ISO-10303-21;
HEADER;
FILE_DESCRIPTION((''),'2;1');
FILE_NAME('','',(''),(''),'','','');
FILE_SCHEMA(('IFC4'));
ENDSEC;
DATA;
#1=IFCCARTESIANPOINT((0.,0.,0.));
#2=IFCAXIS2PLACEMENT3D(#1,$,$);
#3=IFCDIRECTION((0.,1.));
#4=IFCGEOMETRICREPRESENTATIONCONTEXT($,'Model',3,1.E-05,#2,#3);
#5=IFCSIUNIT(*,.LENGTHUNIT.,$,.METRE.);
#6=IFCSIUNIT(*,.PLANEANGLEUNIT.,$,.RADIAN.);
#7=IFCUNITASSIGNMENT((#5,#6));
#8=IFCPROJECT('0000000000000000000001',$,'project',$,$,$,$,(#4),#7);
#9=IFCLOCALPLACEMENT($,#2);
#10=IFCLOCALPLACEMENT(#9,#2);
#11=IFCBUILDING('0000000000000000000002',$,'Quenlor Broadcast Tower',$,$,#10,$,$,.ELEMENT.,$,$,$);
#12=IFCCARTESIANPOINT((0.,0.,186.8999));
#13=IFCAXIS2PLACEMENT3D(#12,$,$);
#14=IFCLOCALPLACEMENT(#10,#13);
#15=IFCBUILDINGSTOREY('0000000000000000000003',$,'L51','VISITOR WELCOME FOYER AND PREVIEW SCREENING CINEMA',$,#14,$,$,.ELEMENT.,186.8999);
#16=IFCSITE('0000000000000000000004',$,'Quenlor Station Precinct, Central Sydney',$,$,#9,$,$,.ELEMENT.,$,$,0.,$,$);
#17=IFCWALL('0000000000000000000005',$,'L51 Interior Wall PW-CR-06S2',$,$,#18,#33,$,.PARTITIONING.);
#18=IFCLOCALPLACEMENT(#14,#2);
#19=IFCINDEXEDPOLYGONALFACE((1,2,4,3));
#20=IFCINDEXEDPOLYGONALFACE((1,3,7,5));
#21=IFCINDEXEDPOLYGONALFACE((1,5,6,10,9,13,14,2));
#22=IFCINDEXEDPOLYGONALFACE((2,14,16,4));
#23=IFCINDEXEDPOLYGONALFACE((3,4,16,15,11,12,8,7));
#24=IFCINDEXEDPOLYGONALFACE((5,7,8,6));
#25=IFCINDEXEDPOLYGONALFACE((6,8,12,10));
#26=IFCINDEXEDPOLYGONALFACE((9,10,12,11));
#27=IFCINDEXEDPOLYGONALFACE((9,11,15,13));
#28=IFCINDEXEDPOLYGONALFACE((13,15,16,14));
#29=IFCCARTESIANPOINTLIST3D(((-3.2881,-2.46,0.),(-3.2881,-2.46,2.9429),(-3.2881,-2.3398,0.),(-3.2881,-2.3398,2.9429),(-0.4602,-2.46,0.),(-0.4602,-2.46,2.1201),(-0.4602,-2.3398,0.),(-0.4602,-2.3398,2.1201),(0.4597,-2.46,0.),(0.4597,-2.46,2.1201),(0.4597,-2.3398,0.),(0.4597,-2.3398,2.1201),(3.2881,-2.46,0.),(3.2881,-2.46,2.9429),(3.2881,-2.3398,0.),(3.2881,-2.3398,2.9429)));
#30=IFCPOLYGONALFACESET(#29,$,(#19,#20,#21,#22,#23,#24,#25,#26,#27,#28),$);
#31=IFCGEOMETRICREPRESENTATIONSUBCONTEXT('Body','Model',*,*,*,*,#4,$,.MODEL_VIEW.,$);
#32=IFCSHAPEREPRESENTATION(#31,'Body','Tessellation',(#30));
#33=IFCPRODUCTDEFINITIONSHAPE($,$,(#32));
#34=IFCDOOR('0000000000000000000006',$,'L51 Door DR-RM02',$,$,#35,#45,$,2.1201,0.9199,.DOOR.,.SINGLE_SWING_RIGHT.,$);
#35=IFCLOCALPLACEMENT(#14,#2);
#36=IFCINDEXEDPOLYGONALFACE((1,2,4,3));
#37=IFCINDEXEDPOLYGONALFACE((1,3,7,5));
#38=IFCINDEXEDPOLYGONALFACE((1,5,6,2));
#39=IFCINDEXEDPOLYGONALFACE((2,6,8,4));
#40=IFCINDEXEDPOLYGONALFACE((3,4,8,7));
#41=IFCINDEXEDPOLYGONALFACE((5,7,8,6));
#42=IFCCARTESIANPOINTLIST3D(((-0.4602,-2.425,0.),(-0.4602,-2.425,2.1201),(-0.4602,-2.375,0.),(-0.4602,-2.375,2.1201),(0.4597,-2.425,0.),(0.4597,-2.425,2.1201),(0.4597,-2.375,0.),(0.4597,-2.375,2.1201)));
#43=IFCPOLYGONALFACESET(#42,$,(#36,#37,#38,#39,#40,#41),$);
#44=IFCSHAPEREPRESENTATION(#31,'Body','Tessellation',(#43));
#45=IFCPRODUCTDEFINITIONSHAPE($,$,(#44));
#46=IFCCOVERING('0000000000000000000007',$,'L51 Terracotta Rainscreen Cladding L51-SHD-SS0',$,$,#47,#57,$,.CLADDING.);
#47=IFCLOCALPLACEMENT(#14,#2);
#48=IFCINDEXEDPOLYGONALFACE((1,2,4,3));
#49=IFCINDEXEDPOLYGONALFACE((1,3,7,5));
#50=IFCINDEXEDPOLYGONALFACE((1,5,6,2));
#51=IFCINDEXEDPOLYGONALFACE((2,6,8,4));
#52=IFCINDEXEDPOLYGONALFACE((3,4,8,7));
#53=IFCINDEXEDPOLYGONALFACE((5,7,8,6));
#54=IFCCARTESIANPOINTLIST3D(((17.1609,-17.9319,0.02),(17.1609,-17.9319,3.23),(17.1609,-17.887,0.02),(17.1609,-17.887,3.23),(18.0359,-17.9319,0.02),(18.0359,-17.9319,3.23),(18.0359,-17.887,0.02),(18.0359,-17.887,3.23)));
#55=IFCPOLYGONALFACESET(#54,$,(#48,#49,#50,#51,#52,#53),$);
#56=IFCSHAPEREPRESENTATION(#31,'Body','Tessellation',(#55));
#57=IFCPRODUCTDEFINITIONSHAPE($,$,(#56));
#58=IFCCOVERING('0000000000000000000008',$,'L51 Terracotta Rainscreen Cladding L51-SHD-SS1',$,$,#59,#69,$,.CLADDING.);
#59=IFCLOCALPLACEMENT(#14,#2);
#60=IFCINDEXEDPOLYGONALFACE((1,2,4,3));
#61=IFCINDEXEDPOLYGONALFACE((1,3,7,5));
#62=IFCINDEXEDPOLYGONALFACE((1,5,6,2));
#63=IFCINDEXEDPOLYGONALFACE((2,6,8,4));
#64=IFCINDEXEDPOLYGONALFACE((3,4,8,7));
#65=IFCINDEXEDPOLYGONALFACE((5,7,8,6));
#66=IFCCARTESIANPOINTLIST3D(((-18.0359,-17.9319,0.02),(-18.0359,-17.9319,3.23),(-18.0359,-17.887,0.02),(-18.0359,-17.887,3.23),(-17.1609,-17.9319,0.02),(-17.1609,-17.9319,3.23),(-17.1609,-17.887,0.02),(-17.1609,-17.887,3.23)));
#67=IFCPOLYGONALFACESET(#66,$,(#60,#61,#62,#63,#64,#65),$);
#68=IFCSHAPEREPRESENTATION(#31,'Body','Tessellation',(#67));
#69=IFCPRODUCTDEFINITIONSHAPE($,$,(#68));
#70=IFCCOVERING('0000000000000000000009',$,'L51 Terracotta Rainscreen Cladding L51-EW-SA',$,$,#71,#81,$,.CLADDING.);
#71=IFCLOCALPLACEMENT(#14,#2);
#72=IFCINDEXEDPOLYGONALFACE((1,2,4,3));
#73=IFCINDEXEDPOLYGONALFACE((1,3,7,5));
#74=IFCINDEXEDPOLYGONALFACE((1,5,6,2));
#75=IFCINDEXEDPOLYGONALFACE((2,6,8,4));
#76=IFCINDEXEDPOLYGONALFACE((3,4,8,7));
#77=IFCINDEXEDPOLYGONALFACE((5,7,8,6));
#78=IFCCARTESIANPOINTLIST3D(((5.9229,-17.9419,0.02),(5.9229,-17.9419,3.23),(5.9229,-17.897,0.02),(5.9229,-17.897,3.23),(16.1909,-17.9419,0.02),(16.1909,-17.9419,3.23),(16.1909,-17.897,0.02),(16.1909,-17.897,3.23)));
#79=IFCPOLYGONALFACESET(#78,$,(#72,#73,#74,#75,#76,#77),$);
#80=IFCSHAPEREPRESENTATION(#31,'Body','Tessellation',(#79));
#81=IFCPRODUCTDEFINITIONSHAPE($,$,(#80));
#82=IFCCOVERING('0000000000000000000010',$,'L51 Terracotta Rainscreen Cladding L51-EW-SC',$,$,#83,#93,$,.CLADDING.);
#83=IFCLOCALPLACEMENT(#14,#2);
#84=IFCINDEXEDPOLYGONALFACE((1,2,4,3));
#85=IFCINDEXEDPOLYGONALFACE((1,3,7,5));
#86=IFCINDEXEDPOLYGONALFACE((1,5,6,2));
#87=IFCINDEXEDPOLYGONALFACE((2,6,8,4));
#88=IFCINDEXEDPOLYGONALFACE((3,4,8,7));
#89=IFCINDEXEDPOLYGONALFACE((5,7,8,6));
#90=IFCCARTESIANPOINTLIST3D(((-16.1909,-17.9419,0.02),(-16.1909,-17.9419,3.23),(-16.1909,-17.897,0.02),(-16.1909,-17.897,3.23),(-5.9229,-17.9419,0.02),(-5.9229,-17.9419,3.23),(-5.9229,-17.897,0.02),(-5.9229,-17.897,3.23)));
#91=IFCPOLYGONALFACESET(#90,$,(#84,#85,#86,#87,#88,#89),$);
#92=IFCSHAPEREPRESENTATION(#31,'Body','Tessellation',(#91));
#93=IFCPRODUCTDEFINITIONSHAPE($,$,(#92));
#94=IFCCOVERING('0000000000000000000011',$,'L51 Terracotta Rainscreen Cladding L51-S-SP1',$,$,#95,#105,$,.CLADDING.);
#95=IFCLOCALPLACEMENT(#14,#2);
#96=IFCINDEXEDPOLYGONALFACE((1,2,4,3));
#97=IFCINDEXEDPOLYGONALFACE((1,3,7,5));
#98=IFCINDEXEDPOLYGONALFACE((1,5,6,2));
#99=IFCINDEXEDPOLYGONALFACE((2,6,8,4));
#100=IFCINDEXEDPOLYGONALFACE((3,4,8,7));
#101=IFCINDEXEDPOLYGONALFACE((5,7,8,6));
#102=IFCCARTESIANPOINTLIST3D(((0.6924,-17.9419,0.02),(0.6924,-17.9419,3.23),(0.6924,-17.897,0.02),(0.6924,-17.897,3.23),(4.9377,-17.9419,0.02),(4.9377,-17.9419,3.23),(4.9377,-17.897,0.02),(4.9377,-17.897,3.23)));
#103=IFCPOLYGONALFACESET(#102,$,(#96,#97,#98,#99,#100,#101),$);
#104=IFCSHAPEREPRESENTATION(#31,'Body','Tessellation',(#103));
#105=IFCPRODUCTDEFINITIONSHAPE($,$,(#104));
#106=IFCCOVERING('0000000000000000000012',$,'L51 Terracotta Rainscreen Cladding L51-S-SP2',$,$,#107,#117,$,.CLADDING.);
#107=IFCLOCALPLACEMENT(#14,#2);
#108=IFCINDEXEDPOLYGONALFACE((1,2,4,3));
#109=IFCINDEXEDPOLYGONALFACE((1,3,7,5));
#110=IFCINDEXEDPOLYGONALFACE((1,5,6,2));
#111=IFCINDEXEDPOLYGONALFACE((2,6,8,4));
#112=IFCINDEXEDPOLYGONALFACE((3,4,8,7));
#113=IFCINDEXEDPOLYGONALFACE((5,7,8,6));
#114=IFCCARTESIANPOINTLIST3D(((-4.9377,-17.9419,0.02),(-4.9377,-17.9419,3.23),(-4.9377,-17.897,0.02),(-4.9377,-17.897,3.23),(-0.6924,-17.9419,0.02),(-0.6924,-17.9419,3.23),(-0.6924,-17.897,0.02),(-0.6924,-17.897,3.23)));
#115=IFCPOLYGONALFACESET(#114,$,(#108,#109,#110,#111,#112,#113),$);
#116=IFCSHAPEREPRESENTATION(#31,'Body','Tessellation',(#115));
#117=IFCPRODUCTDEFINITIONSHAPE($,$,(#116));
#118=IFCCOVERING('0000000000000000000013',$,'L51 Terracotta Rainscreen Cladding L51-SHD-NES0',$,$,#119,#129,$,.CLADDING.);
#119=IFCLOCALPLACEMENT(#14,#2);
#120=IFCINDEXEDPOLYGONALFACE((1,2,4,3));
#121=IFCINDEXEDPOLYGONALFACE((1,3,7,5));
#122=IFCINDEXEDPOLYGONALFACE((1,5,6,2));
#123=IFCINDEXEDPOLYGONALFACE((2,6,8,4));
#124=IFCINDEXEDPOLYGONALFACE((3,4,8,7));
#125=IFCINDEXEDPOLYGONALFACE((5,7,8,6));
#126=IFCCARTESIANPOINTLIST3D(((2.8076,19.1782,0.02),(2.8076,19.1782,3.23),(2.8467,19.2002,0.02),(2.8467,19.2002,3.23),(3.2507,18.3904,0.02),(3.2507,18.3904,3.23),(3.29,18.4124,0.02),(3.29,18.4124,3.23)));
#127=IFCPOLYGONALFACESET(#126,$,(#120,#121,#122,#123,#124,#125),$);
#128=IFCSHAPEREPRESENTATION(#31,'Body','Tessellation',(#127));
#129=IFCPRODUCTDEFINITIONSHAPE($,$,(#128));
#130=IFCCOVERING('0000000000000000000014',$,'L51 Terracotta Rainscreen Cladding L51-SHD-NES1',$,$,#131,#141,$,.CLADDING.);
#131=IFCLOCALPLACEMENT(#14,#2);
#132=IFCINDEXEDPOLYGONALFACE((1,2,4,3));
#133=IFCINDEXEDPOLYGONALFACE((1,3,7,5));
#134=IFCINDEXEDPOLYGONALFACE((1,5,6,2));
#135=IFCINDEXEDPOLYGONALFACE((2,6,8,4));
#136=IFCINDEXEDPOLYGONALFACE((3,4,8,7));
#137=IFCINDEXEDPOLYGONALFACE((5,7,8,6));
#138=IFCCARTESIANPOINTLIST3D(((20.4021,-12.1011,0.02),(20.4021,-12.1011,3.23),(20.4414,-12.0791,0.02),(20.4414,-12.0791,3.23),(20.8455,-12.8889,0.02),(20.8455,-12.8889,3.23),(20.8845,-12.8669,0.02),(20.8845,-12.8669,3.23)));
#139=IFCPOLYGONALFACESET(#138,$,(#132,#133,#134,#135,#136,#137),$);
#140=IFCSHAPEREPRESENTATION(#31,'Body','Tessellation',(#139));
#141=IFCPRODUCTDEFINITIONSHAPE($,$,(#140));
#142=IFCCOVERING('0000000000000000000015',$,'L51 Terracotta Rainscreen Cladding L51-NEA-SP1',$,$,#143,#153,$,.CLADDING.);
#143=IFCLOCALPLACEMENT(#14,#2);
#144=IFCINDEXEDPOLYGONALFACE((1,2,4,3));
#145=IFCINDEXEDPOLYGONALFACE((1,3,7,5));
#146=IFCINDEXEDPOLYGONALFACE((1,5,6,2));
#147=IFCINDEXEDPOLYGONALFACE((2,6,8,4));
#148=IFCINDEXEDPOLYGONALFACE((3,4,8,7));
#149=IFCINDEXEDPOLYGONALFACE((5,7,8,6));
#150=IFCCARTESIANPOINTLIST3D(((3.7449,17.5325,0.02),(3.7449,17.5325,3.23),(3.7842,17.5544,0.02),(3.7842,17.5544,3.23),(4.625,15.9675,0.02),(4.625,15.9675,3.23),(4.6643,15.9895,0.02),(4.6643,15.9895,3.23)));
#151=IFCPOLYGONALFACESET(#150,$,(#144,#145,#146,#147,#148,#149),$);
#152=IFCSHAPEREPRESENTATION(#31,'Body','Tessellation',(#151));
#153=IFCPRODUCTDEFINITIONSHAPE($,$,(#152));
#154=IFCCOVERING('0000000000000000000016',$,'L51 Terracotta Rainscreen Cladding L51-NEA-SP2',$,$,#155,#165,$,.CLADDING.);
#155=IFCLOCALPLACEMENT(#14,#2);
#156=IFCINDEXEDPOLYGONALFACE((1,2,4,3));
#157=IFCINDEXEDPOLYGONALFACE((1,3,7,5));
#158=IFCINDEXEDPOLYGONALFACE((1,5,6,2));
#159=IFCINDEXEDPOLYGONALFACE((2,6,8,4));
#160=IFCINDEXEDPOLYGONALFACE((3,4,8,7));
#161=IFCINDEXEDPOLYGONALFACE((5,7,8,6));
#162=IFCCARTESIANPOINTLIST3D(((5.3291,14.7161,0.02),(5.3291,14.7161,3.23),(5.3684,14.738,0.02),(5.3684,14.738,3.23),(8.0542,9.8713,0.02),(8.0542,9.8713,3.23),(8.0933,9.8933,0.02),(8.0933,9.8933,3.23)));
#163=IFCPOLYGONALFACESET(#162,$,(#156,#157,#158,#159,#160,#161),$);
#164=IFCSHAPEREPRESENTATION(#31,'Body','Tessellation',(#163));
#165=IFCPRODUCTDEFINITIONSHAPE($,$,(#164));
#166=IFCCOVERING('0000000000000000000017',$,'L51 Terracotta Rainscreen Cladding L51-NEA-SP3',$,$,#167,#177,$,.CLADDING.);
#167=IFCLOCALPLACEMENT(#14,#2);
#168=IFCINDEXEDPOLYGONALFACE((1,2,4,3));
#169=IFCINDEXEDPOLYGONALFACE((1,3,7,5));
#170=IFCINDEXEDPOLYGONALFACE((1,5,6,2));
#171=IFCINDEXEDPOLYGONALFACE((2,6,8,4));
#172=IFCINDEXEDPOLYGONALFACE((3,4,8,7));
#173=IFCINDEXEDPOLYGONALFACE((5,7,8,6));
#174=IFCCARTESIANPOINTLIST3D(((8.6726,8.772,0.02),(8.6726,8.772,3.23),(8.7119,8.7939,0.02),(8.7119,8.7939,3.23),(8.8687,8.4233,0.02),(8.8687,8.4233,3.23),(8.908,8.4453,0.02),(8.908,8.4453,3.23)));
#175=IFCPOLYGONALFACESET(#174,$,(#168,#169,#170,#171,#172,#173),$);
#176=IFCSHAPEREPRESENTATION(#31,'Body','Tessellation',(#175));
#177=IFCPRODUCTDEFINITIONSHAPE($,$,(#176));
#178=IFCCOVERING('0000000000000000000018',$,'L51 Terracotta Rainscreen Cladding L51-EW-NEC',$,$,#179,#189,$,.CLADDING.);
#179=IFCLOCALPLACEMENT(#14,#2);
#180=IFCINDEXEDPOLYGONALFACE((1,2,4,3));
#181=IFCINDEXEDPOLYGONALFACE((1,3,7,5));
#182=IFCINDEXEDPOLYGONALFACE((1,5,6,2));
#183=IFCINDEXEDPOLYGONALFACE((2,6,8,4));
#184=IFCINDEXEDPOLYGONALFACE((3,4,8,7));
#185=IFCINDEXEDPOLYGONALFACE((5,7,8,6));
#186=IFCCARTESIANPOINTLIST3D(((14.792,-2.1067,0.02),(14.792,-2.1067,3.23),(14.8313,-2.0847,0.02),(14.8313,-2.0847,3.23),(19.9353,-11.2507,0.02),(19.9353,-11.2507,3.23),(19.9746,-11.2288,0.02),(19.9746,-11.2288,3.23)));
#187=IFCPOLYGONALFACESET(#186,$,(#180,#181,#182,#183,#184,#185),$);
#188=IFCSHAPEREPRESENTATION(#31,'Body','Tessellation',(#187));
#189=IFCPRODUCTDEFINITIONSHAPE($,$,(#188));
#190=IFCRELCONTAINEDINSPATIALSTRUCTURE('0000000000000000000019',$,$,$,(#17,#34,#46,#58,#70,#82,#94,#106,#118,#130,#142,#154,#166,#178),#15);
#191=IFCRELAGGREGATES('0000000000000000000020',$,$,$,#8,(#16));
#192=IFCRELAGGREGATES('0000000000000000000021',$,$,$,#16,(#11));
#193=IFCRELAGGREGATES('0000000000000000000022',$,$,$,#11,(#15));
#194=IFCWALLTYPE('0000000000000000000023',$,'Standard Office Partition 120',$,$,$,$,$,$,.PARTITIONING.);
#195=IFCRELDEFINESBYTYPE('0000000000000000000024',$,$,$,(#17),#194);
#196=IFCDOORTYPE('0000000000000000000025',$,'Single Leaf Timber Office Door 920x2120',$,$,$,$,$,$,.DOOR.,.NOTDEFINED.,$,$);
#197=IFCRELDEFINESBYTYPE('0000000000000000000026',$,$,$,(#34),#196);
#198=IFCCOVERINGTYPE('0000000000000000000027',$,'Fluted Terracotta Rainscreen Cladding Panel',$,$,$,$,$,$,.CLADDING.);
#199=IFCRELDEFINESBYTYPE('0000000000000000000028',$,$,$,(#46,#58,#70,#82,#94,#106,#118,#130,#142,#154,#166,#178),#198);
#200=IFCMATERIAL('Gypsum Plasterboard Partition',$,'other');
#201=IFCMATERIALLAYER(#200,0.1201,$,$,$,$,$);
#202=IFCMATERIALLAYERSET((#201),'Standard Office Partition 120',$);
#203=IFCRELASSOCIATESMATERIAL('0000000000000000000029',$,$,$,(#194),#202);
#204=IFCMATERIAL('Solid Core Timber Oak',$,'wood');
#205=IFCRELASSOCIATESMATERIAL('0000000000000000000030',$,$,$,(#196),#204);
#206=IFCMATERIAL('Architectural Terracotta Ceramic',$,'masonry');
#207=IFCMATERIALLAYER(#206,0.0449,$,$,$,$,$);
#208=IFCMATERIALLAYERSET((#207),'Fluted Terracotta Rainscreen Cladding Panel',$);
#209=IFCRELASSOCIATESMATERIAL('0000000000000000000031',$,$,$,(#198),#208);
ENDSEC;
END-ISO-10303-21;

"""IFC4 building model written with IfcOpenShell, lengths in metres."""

from ifc_helpers import new_model, si_unit, direction, frame, frame_2d, origin, place, context, subcontext, project, spatial, polyline, rectangle, outline, extrude, material, layer, layer_set, type_object, element, fill, save


model = new_model("IFC4")

# Units and contexts
model_context = context("Model", 3, precision=1e-05, world=origin(), true_north=direction((0.0, 1.0)))
body_context = subcontext(model_context, "Body", "Model", "MODEL_VIEW")
ifc_project = project(units=[si_unit("LENGTHUNIT", "METRE"), si_unit("PLANEANGLEUNIT", "RADIAN")], contexts=[model_context])

# Site, building, storey
site_placement = place(None, origin())
site = spatial("IfcSite", under=ifc_project, at=site_placement, Name="Quenlor Station Precinct, Central Sydney", CompositionType="ELEMENT", RefElevation=0.0)
building_placement = place(site_placement, origin())
building = spatial("IfcBuilding", under=site, at=building_placement, Name="Quenlor Broadcast Tower", CompositionType="ELEMENT")
storey_placement = place(building_placement, frame((0.0, 0.0, 186.8999)))
storey = spatial("IfcBuildingStorey", under=building, at=storey_placement, Name="L51", Description="VISITOR WELCOME FOYER AND PREVIEW SCREENING CINEMA", CompositionType="ELEMENT", Elevation=186.8999)

# Shared definitions
ifc_material_1 = material(Name="Gypsum Plasterboard Partition", Category="other")
ifc_layer_1 = layer(ifc_material_1, 0.1201)
ifc_layer_set_1 = layer_set([ifc_layer_1], Name="Standard Office Partition 120")
wall_type = type_object("IfcWallType", Name="Standard Office Partition 120", PredefinedType="PARTITIONING", material=ifc_layer_set_1)

# Wall, opening, door
wall_placement = place(storey_placement, frame((-3.2881, -2.3999, 0.0), z_axis=(0.0, 0.0, 1.0), x_axis=(1.0, 0.0, 0.0)))
wall = element("IfcWall", 1, at=wall_placement, inside=storey, type_object=wall_type, Name="L51 Interior Wall PW-CR-06S2", PredefinedType="PARTITIONING", context=body_context, shape_type="SweptSolid", body=[
    extrude(rectangle(XDim=6.5762, YDim=0.1201, at=frame_2d((3.2881, 0.0))), origin(), (0.0, 0.0, 1.0), 2.9429),
])
opening_placement = place(wall_placement, frame((2.8279, 0.0, 0.0)))
opening = element("IfcOpeningElement", 2, at=opening_placement, cuts=wall, PredefinedType="OPENING", context=body_context, shape_type="SweptSolid", body=[
    extrude(rectangle(XDim=0.9199, YDim=2.1201, at=frame_2d((0.46, 1.0601))), frame((0.0, 0.0701, 0.0), z_axis=(0.0, -1.0, 0.0), x_axis=(1.0, 0.0, 0.0)), (0.0, 0.0, 1.0), 0.1401),
])
ifc_material_2 = material(Name="Solid Core Timber Oak", Category="wood")
door_type = type_object("IfcDoorType", Name="Single Leaf Timber Office Door 920x2120", OperationType="NOTDEFINED", PredefinedType="DOOR", material=ifc_material_2)
door_placement = place(opening_placement, origin())
door = element("IfcDoor", 3, at=door_placement, inside=storey, type_object=door_type, Name="L51 Door DR-RM02", OperationType="SINGLE_SWING_RIGHT", OverallHeight=2.1201, OverallWidth=0.9199, PredefinedType="DOOR", context=body_context, shape_type="SweptSolid", body=[
    extrude(rectangle(XDim=0.9199, YDim=2.1201, at=frame_2d((0.46, 1.0601))), frame((0.0, 0.0249, 0.0), z_axis=(0.0, -1.0, 0.0), x_axis=(1.0, 0.0, 0.0)), (0.0, 0.0, 1.0), 0.05),
])
fill(opening, door)

# Coverings
ifc_material_3 = material(Name="Architectural Terracotta Ceramic", Category="masonry")
ifc_layer_2 = layer(ifc_material_3, 0.0449)
ifc_layer_set_2 = layer_set([ifc_layer_2], Name="Fluted Terracotta Rainscreen Cladding Panel")
covering_type = type_object("IfcCoveringType", Name="Fluted Terracotta Rainscreen Cladding Panel", PredefinedType="CLADDING", material=ifc_layer_set_2)
covering_1_placement = place(storey_placement, frame((0.0, 0.0, 0.02)))
element("IfcCovering", 4, at=covering_1_placement, inside=storey, type_object=covering_type, Name="L51 Terracotta Rainscreen Cladding L51-SHD-SS0", PredefinedType="CLADDING", context=body_context, shape_type="SweptSolid", body=[
    extrude(outline(polyline([(18.0359, -17.887), (17.1609, -17.887), (17.1609, -17.9319), (18.0359, -17.9319), (18.0359, -17.887)])), origin(), (0.0, 0.0, 1.0), 3.21),
])
covering_2_placement = place(storey_placement, frame((0.0, 0.0, 0.02)))
element("IfcCovering", 5, at=covering_2_placement, inside=storey, type_object=covering_type, Name="L51 Terracotta Rainscreen Cladding L51-SHD-SS1", PredefinedType="CLADDING", context=body_context, shape_type="SweptSolid", body=[
    extrude(outline(polyline([(-17.1609, -17.887), (-18.0359, -17.887), (-18.0359, -17.9319), (-17.1609, -17.9319), (-17.1609, -17.887)])), origin(), (0.0, 0.0, 1.0), 3.21),
])
covering_3_placement = place(storey_placement, frame((0.0, 0.0, 0.02)))
element("IfcCovering", 6, at=covering_3_placement, inside=storey, type_object=covering_type, Name="L51 Terracotta Rainscreen Cladding L51-EW-SA", PredefinedType="CLADDING", context=body_context, shape_type="SweptSolid", body=[
    extrude(outline(polyline([(16.1909, -17.897), (5.9229, -17.897), (5.9229, -17.9419), (16.1909, -17.9419), (16.1909, -17.897)])), origin(), (0.0, 0.0, 1.0), 3.21),
])
covering_4_placement = place(storey_placement, frame((0.0, 0.0, 0.02)))
element("IfcCovering", 7, at=covering_4_placement, inside=storey, type_object=covering_type, Name="L51 Terracotta Rainscreen Cladding L51-EW-SC", PredefinedType="CLADDING", context=body_context, shape_type="SweptSolid", body=[
    extrude(outline(polyline([(-5.9229, -17.897), (-16.1909, -17.897), (-16.1909, -17.9419), (-5.9229, -17.9419), (-5.9229, -17.897)])), origin(), (0.0, 0.0, 1.0), 3.21),
])
covering_5_placement = place(storey_placement, frame((0.0, 0.0, 0.02)))
element("IfcCovering", 8, at=covering_5_placement, inside=storey, type_object=covering_type, Name="L51 Terracotta Rainscreen Cladding L51-S-SP1", PredefinedType="CLADDING", context=body_context, shape_type="SweptSolid", body=[
    extrude(outline(polyline([(4.9377, -17.897), (0.6924, -17.897), (0.6924, -17.9419), (4.9377, -17.9419), (4.9377, -17.897)])), origin(), (0.0, 0.0, 1.0), 3.21),
])
covering_6_placement = place(storey_placement, frame((0.0, 0.0, 0.02)))
element("IfcCovering", 9, at=covering_6_placement, inside=storey, type_object=covering_type, Name="L51 Terracotta Rainscreen Cladding L51-S-SP2", PredefinedType="CLADDING", context=body_context, shape_type="SweptSolid", body=[
    extrude(outline(polyline([(-0.6924, -17.897), (-4.9377, -17.897), (-4.9377, -17.9419), (-0.6924, -17.9419), (-0.6924, -17.897)])), origin(), (0.0, 0.0, 1.0), 3.21),
])
covering_7_placement = place(storey_placement, frame((0.0, 0.0, 0.02)))
element("IfcCovering", 10, at=covering_7_placement, inside=storey, type_object=covering_type, Name="L51 Terracotta Rainscreen Cladding L51-SHD-NES0", PredefinedType="CLADDING", context=body_context, shape_type="SweptSolid", body=[
    extrude(outline(polyline([(2.8076, 19.1782), (3.2507, 18.3904), (3.29, 18.4124), (2.8467, 19.2002), (2.8076, 19.1782)])), origin(), (0.0, 0.0, 1.0), 3.21),
])
covering_8_placement = place(storey_placement, frame((0.0, 0.0, 0.02)))
element("IfcCovering", 11, at=covering_8_placement, inside=storey, type_object=covering_type, Name="L51 Terracotta Rainscreen Cladding L51-SHD-NES1", PredefinedType="CLADDING", context=body_context, shape_type="SweptSolid", body=[
    extrude(outline(polyline([(20.4021, -12.1011), (20.8455, -12.8889), (20.8845, -12.8669), (20.4414, -12.0791), (20.4021, -12.1011)])), origin(), (0.0, 0.0, 1.0), 3.21),
])
covering_9_placement = place(storey_placement, frame((0.0, 0.0, 0.02)))
element("IfcCovering", 12, at=covering_9_placement, inside=storey, type_object=covering_type, Name="L51 Terracotta Rainscreen Cladding L51-NEA-SP1", PredefinedType="CLADDING", context=body_context, shape_type="SweptSolid", body=[
    extrude(outline(polyline([(3.7449, 17.5325), (4.625, 15.9675), (4.6643, 15.9895), (3.7842, 17.5544), (3.7449, 17.5325)])), origin(), (0.0, 0.0, 1.0), 3.21),
])
covering_10_placement = place(storey_placement, frame((0.0, 0.0, 0.02)))
element("IfcCovering", 13, at=covering_10_placement, inside=storey, type_object=covering_type, Name="L51 Terracotta Rainscreen Cladding L51-NEA-SP2", PredefinedType="CLADDING", context=body_context, shape_type="SweptSolid", body=[
    extrude(outline(polyline([(5.3291, 14.7161), (8.0542, 9.8713), (8.0933, 9.8933), (5.3684, 14.738), (5.3291, 14.7161)])), origin(), (0.0, 0.0, 1.0), 3.21),
])
covering_11_placement = place(storey_placement, frame((0.0, 0.0, 0.02)))
element("IfcCovering", 14, at=covering_11_placement, inside=storey, type_object=covering_type, Name="L51 Terracotta Rainscreen Cladding L51-NEA-SP3", PredefinedType="CLADDING", context=body_context, shape_type="SweptSolid", body=[
    extrude(outline(polyline([(8.6726, 8.772), (8.8687, 8.4233), (8.908, 8.4453), (8.7119, 8.7939), (8.6726, 8.772)])), origin(), (0.0, 0.0, 1.0), 3.21),
])
covering_12_placement = place(storey_placement, frame((0.0, 0.0, 0.02)))
element("IfcCovering", 15, at=covering_12_placement, inside=storey, type_object=covering_type, Name="L51 Terracotta Rainscreen Cladding L51-EW-NEC", PredefinedType="CLADDING", context=body_context, shape_type="SweptSolid", body=[
    extrude(outline(polyline([(14.792, -2.1067), (19.9353, -11.2507), (19.9746, -11.2288), (14.8313, -2.0847), (14.792, -2.1067)])), origin(), (0.0, 0.0, 1.0), 3.21),
])

save(model, "model.ifc")
